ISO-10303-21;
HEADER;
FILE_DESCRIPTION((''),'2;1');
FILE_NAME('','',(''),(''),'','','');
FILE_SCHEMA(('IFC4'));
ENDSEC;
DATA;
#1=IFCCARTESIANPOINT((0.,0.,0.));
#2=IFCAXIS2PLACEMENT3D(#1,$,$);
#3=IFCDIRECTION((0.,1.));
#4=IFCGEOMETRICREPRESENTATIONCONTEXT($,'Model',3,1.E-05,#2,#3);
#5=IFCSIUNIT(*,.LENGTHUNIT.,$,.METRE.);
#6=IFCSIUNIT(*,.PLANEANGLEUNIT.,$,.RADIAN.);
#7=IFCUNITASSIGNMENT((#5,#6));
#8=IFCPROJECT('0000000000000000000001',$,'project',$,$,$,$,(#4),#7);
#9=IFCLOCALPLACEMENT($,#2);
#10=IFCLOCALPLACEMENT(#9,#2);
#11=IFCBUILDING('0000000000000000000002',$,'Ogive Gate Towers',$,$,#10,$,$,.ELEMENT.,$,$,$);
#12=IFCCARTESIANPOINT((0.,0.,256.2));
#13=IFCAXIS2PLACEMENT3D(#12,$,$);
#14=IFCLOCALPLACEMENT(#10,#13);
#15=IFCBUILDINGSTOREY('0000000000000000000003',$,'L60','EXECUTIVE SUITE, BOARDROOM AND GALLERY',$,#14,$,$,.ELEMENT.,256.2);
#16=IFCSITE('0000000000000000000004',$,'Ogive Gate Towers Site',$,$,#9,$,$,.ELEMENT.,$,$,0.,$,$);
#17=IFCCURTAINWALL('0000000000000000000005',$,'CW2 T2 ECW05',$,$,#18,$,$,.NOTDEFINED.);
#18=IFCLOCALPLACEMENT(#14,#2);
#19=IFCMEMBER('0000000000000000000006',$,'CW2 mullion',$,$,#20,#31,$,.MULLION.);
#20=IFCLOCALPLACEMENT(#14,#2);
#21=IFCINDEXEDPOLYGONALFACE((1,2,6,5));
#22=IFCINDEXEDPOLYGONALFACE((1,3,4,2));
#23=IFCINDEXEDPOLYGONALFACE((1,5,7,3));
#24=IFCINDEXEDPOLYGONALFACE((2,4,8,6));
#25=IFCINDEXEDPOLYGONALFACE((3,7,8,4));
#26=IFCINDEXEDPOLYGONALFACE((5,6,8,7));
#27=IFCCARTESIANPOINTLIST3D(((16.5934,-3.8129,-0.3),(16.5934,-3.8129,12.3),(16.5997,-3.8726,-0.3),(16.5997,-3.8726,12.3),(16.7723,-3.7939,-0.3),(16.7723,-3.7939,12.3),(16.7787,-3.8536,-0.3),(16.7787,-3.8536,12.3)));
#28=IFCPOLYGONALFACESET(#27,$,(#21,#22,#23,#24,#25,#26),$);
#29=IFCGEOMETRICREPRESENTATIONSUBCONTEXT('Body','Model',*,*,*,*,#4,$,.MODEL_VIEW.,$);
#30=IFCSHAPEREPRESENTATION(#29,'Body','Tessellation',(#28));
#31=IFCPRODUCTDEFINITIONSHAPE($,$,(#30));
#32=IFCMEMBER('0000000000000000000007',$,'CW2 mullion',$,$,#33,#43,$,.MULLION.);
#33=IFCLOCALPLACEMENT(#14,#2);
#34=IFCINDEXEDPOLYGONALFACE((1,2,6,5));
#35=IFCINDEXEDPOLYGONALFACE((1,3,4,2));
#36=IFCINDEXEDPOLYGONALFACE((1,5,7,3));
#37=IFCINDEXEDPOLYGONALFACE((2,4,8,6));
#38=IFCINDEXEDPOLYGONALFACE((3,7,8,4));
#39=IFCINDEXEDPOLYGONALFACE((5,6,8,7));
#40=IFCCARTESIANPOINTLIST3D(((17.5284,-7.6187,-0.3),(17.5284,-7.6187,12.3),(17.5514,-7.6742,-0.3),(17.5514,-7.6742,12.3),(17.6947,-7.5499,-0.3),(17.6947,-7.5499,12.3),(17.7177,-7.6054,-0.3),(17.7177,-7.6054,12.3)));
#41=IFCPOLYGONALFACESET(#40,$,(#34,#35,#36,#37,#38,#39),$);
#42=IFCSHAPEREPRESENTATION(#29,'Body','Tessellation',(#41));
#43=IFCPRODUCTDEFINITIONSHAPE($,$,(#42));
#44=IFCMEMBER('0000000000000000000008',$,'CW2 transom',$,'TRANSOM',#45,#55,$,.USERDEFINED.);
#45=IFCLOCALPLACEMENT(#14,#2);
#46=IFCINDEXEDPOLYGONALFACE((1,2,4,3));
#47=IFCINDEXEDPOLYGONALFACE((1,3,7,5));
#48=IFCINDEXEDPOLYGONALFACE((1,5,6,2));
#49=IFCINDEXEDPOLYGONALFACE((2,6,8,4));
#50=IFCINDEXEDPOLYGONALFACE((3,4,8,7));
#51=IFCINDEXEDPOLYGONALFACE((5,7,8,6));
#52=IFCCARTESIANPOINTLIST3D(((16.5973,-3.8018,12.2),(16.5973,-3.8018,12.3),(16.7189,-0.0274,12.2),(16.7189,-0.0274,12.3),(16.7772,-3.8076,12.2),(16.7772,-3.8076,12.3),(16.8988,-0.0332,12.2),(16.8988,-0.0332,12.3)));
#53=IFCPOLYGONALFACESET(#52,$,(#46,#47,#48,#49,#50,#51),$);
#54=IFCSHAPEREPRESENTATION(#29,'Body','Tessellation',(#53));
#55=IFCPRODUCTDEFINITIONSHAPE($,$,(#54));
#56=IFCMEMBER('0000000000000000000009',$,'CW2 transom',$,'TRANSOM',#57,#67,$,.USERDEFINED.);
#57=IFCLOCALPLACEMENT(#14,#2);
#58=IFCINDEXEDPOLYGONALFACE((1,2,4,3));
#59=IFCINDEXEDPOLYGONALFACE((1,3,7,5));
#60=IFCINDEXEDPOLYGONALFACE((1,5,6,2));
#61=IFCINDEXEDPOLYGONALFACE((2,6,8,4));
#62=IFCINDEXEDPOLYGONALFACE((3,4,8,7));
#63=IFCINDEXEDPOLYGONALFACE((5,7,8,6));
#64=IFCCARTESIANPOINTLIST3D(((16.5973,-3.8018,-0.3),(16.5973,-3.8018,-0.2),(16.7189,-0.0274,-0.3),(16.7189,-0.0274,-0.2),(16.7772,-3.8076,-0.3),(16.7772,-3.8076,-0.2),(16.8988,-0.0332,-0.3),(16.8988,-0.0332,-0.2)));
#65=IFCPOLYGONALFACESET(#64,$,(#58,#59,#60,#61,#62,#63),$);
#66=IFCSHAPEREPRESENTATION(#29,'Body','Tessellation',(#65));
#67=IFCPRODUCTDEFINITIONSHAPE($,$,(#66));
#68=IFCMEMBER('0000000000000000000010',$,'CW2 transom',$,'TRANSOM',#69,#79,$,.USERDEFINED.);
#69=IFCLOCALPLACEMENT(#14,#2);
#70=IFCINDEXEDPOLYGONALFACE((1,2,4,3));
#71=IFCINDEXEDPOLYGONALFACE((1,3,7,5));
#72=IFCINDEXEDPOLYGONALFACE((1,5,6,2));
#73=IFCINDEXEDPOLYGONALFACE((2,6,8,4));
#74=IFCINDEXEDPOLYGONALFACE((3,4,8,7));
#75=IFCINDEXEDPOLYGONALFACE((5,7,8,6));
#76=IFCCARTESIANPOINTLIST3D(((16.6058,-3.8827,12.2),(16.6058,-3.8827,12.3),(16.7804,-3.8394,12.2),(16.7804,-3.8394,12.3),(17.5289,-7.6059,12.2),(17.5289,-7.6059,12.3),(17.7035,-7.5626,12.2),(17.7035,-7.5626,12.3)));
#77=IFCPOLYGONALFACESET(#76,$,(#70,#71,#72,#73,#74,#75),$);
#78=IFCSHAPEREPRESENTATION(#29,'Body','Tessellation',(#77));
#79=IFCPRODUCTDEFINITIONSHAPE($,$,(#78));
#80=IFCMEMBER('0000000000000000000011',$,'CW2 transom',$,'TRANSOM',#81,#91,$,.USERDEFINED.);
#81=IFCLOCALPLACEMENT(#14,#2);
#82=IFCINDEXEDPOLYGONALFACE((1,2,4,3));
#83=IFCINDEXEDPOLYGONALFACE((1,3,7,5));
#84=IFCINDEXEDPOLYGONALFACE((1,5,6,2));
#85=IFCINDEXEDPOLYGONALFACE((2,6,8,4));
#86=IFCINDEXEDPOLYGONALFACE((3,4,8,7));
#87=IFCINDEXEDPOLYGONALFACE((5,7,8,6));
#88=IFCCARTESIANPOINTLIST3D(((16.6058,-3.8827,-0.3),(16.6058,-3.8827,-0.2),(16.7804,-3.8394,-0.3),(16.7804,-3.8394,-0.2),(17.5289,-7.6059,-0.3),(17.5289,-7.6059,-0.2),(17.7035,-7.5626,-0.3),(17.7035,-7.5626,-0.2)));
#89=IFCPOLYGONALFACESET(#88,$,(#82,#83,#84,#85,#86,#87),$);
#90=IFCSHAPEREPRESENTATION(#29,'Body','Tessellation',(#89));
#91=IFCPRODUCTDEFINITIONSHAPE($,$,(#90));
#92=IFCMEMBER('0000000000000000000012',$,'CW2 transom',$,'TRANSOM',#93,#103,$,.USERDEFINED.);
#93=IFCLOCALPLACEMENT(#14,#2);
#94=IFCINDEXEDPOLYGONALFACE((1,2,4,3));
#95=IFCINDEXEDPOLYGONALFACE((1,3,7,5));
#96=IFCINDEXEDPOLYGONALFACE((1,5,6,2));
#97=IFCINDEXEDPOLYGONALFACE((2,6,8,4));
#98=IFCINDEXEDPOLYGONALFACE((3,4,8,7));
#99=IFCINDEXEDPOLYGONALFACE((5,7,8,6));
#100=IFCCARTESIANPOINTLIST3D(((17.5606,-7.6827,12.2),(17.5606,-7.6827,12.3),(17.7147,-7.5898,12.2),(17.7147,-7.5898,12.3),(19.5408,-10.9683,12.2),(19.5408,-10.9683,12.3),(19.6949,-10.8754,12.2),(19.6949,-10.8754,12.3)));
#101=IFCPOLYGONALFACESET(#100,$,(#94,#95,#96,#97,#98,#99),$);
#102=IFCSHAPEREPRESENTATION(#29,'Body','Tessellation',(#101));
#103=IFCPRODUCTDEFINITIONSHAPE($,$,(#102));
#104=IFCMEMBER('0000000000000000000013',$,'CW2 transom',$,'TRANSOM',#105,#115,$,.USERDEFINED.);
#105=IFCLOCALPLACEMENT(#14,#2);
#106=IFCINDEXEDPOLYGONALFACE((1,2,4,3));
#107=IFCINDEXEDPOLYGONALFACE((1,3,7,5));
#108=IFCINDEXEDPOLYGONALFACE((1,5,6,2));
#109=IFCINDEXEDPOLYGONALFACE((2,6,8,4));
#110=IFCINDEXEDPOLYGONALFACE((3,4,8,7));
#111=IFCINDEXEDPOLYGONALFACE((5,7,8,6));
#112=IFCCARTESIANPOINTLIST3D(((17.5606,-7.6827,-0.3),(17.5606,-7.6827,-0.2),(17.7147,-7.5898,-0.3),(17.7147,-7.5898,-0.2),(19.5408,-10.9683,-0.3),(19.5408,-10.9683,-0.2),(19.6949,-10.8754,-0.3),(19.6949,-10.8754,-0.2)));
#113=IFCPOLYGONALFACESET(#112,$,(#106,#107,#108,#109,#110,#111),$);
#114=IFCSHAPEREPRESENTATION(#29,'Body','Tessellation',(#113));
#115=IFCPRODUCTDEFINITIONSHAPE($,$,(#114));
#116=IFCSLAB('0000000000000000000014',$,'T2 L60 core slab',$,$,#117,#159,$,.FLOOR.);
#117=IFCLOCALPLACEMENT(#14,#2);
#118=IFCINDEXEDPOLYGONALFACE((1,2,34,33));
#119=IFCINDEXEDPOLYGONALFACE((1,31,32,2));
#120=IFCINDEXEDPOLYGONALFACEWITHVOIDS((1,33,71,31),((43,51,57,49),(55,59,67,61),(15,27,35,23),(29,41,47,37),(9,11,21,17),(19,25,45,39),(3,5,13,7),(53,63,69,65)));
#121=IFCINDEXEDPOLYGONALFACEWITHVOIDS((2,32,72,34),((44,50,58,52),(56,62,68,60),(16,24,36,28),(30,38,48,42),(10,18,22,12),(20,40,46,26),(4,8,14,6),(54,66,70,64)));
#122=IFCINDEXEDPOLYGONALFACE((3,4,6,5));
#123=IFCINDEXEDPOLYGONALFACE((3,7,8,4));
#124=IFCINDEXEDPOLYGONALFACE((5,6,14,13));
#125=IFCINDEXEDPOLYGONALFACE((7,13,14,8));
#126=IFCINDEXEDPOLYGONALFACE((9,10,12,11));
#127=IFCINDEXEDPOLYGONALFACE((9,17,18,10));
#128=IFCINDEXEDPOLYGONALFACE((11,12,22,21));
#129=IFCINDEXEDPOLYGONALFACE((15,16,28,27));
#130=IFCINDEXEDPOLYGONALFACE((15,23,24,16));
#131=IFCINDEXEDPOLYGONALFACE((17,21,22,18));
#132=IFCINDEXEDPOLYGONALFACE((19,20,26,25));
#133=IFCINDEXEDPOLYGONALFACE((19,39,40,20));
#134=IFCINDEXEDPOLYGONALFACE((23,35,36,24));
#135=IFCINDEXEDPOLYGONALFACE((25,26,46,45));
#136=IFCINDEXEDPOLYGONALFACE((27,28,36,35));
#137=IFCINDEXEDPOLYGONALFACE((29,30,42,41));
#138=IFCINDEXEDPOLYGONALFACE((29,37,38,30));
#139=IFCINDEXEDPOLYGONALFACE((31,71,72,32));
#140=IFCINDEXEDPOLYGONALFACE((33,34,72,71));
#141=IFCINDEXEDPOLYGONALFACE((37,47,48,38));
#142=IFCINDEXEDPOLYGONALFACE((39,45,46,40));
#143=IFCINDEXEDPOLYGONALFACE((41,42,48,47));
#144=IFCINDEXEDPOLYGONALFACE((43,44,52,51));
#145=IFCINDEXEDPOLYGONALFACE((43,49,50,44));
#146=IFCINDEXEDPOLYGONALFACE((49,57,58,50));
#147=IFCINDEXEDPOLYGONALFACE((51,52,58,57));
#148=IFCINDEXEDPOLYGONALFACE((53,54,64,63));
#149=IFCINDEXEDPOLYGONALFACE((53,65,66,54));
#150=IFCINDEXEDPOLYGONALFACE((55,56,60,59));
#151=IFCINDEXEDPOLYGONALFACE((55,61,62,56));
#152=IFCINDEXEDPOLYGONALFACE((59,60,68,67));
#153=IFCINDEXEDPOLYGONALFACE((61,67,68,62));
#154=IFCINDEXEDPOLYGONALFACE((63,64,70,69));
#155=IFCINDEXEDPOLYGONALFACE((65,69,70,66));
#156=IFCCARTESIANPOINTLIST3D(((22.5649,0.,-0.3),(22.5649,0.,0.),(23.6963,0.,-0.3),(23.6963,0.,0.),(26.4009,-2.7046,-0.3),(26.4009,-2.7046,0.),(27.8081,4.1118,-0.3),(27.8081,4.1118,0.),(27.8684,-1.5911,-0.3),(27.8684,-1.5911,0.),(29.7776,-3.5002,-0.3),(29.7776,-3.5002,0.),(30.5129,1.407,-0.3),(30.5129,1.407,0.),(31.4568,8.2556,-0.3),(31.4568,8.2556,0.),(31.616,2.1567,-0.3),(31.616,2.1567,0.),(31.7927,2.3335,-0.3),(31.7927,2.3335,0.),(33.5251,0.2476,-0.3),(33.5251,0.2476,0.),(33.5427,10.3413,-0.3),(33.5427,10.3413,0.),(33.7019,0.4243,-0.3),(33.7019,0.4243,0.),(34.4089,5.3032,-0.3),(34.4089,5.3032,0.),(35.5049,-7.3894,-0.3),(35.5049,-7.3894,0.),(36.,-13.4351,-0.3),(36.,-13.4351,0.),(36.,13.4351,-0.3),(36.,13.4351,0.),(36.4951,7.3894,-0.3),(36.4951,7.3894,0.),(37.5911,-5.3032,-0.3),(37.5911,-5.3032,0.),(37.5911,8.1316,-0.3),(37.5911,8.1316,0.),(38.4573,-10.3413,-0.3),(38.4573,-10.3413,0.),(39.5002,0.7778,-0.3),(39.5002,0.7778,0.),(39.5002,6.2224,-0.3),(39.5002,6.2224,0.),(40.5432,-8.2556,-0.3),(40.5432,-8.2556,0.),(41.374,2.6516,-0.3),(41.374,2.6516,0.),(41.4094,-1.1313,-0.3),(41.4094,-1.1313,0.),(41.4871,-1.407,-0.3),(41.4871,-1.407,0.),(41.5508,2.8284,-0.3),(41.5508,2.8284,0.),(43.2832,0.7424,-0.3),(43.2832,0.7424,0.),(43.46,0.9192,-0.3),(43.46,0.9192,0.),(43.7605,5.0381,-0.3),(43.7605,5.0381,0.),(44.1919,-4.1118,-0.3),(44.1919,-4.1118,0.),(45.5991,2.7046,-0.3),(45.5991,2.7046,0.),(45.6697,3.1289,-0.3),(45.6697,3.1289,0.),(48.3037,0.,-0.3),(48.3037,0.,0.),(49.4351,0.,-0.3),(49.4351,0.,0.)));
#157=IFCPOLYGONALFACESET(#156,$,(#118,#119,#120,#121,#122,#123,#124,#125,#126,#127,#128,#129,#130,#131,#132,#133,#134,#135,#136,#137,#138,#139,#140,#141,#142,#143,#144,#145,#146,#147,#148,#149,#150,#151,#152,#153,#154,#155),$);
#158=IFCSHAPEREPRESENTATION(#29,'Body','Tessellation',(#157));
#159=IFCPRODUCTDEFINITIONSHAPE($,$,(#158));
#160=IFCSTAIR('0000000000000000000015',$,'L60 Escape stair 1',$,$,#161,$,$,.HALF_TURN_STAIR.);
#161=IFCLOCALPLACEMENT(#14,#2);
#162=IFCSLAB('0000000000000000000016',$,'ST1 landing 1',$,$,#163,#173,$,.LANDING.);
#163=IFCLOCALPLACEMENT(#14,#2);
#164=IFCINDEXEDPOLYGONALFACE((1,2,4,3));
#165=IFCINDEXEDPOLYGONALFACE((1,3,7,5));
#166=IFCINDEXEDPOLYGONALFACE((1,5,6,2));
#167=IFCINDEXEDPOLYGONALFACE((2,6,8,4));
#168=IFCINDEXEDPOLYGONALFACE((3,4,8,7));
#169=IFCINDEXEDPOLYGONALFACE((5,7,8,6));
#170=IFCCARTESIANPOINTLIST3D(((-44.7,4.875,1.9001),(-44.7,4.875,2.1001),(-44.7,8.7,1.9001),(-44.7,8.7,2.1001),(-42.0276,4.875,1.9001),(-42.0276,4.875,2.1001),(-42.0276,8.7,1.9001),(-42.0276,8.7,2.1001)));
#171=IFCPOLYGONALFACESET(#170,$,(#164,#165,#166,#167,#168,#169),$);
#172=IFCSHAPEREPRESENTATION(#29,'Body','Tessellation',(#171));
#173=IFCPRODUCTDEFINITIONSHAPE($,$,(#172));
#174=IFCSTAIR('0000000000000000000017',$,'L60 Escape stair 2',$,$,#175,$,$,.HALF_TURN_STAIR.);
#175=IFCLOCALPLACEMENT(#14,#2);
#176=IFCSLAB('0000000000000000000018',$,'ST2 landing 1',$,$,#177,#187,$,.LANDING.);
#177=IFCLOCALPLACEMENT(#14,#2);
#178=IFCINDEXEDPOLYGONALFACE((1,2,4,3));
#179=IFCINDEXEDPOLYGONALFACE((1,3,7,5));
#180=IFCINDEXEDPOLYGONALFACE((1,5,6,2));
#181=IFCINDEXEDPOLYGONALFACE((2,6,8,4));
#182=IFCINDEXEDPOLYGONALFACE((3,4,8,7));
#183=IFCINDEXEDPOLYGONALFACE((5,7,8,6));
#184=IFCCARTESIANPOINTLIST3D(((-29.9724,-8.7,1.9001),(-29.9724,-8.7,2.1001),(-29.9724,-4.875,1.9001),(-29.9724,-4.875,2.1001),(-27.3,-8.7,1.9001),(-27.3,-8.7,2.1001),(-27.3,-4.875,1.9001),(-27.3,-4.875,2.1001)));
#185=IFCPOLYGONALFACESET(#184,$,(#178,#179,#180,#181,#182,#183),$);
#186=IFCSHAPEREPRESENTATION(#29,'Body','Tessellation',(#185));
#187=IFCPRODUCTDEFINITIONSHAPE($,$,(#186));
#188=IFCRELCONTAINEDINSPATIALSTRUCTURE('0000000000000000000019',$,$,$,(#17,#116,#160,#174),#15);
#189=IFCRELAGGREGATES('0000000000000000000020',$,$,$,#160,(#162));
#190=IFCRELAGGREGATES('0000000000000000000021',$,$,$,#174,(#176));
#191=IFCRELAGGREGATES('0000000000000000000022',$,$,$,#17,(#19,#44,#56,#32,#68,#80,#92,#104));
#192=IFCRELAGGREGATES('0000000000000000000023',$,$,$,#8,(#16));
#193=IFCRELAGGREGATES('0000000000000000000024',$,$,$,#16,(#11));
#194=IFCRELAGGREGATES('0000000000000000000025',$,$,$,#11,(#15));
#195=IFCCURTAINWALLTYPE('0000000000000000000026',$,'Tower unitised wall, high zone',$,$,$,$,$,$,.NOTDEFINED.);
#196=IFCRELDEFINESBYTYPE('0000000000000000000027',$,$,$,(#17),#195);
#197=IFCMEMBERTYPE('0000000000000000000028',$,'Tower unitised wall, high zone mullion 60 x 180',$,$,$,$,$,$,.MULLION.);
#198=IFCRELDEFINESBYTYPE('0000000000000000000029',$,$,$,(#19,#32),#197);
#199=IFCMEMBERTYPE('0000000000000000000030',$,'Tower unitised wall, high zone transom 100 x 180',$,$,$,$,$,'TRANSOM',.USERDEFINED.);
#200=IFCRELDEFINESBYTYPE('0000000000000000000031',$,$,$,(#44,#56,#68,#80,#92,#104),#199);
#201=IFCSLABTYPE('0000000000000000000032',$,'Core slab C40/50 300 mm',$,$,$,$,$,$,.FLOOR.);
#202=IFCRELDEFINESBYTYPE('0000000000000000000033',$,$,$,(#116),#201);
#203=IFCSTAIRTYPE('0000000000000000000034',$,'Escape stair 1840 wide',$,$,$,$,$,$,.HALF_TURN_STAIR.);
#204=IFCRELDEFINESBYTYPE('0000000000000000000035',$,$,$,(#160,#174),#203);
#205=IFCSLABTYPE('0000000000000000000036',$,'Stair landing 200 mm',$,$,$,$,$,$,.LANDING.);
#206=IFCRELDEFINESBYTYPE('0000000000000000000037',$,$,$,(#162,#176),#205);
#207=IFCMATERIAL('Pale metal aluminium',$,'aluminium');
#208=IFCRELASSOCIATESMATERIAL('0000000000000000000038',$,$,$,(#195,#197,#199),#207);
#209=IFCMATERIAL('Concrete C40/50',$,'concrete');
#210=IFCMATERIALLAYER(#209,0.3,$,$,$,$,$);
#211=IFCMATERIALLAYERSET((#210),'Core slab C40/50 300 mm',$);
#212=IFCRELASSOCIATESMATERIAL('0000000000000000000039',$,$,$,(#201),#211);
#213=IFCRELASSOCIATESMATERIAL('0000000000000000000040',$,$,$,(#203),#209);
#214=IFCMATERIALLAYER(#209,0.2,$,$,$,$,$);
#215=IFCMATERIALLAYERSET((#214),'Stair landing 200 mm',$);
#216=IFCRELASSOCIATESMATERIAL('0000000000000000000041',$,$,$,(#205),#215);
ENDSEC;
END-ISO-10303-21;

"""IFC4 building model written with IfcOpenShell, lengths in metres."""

from ifc_helpers import new_model, si_unit, direction, frame, origin, origin_2d, place, context, subcontext, project, spatial, polyline, rectangle, outline, extrude, material, layer, layer_set, material_profile, profile_set, type_object, element, aggregate, save


model = new_model("IFC4")

# Units and contexts
model_context = context("Model", 3, precision=1e-05, world=origin(), true_north=direction((0.0, 1.0)))
body_context = subcontext(model_context, "Body", "Model", "MODEL_VIEW")
ifc_project = project(units=[si_unit("LENGTHUNIT", "METRE"), si_unit("PLANEANGLEUNIT", "RADIAN")], contexts=[model_context])

# Site, building, storey
site_placement = place(None, origin())
site = spatial("IfcSite", under=ifc_project, at=site_placement, Name="Ogive Gate Towers Site", CompositionType="ELEMENT", RefElevation=0.0)
building_placement = place(site_placement, origin())
building = spatial("IfcBuilding", under=site, at=building_placement, Name="Ogive Gate Towers", CompositionType="ELEMENT")
storey_placement = place(building_placement, frame((0.0, 0.0, 256.2)))
storey = spatial("IfcBuildingStorey", under=building, at=storey_placement, Name="L60", Description="EXECUTIVE SUITE, BOARDROOM AND GALLERY", CompositionType="ELEMENT", Elevation=256.2)

# Curtain wall, members
ifc_material_1 = material(Name="Pale metal aluminium", Category="aluminium")
curtain_wall_type = type_object("IfcCurtainWallType", Name="Tower unitised wall, high zone", PredefinedType="NOTDEFINED", material=ifc_material_1)
curtain_wall_placement = place(storey_placement, origin())
curtain_wall = element("IfcCurtainWall", 1, at=curtain_wall_placement, inside=storey, type_object=curtain_wall_type, Name="CW2 T2 ECW05", PredefinedType="NOTDEFINED")
ifc_material_profile_1 = material_profile(ifc_material_1, rectangle(XDim=0.1799, YDim=0.0601, at=origin_2d()), Name="60 x 180 aluminium box")
ifc_profile_set_1 = profile_set([ifc_material_profile_1], Name="Pale metal aluminium")
member_type_1 = type_object("IfcMemberType", Name="Tower unitised wall, high zone mullion 60 x 180", PredefinedType="MULLION", material=ifc_profile_set_1)
member_1_placement = place(storey_placement, frame((16.686, -3.8333, -0.3), z_axis=(0.0, 0.0, 1.0), x_axis=(-0.994451, -0.105205, 0.0)))
member_1 = element("IfcMember", 2, at=member_1_placement, type_object=member_type_1, Name="CW2 mullion", PredefinedType="MULLION", context=body_context, shape_type="SweptSolid", body=[
    extrude(rectangle(XDim=0.1799, YDim=0.0601, at=origin_2d()), origin(), (0.0, 0.0, 1.0), 12.6001),
])
member_2_placement = place(storey_placement, frame((17.623, -7.6121, -0.3), z_axis=(0.0, 0.0, 1.0), x_axis=(-0.92388, -0.382683, 0.0)))
member_2 = element("IfcMember", 3, at=member_2_placement, type_object=member_type_1, Name="CW2 mullion", PredefinedType="MULLION", context=body_context, shape_type="SweptSolid", body=[
    extrude(rectangle(XDim=0.1799, YDim=0.0601, at=origin_2d()), origin(), (0.0, 0.0, 1.0), 12.6001),
])
ifc_material_profile_2 = material_profile(ifc_material_1, rectangle(XDim=0.1799, YDim=0.1001, at=origin_2d()), Name="100 x 180 aluminium box")
ifc_profile_set_2 = profile_set([ifc_material_profile_2], Name="Pale metal aluminium")
member_type_2 = type_object("IfcMemberType", Name="Tower unitised wall, high zone transom 100 x 180", ElementType="TRANSOM", PredefinedType="USERDEFINED", material=ifc_profile_set_2)
member_3_placement = place(storey_placement, frame((16.8088, -0.0303, 12.25), z_axis=(-0.032195, -0.999482, 0.0), x_axis=(0.999482, -0.032195, 0.0)))
member_3 = element("IfcMember", 4, at=member_3_placement, type_object=member_type_2, Name="CW2 transom", ObjectType="TRANSOM", PredefinedType="USERDEFINED", context=body_context, shape_type="SweptSolid", body=[
    extrude(rectangle(XDim=0.1799, YDim=0.1001, at=origin_2d()), origin(), (0.0, 0.0, 1.0), 3.7764),
])
member_4_placement = place(storey_placement, frame((16.8088, -0.0303, -0.25), z_axis=(-0.032195, -0.999482, 0.0), x_axis=(0.999482, -0.032195, 0.0)))
member_4 = element("IfcMember", 5, at=member_4_placement, type_object=member_type_2, Name="CW2 transom", ObjectType="TRANSOM", PredefinedType="USERDEFINED", context=body_context, shape_type="SweptSolid", body=[
    extrude(rectangle(XDim=0.1799, YDim=0.1001, at=origin_2d()), origin(), (0.0, 0.0, 1.0), 3.7764),
])
member_5_placement = place(storey_placement, frame((16.6931, -3.8611, 12.25), z_axis=(0.240648, -0.970612, 0.0), x_axis=(0.970612, 0.240648, 0.0)))
member_5 = element("IfcMember", 6, at=member_5_placement, type_object=member_type_2, Name="CW2 transom", ObjectType="TRANSOM", PredefinedType="USERDEFINED", context=body_context, shape_type="SweptSolid", body=[
    extrude(rectangle(XDim=0.1799, YDim=0.1001, at=origin_2d()), origin(), (0.0, 0.0, 1.0), 3.8359),
])
member_6_placement = place(storey_placement, frame((16.6931, -3.8611, -0.25), z_axis=(0.240648, -0.970612, 0.0), x_axis=(0.970612, 0.240648, 0.0)))
member_6 = element("IfcMember", 7, at=member_6_placement, type_object=member_type_2, Name="CW2 transom", ObjectType="TRANSOM", PredefinedType="USERDEFINED", context=body_context, shape_type="SweptSolid", body=[
    extrude(rectangle(XDim=0.1799, YDim=0.1001, at=origin_2d()), origin(), (0.0, 0.0, 1.0), 3.8359),
])
member_7_placement = place(storey_placement, frame((17.6377, -7.6362, 12.25), z_axis=(0.516189, -0.856475, 0.0), x_axis=(0.856475, 0.516189, 0.0)))
member_7 = element("IfcMember", 8, at=member_7_placement, type_object=member_type_2, Name="CW2 transom", ObjectType="TRANSOM", PredefinedType="USERDEFINED", context=body_context, shape_type="SweptSolid", body=[
    extrude(rectangle(XDim=0.1799, YDim=0.1001, at=origin_2d()), origin(), (0.0, 0.0, 1.0), 3.8362),
])
member_8_placement = place(storey_placement, frame((17.6377, -7.6362, -0.25), z_axis=(0.516189, -0.856475, 0.0), x_axis=(0.856475, 0.516189, 0.0)))
member_8 = element("IfcMember", 9, at=member_8_placement, type_object=member_type_2, Name="CW2 transom", ObjectType="TRANSOM", PredefinedType="USERDEFINED", context=body_context, shape_type="SweptSolid", body=[
    extrude(rectangle(XDim=0.1799, YDim=0.1001, at=origin_2d()), origin(), (0.0, 0.0, 1.0), 3.8362),
])

# Slab
ifc_material_2 = material(Name="Concrete C40/50", Category="concrete")
ifc_layer_1 = layer(ifc_material_2, 0.3)
ifc_layer_set_1 = layer_set([ifc_layer_1], Name="Core slab C40/50 300 mm")
slab_type_1 = type_object("IfcSlabType", Name="Core slab C40/50 300 mm", PredefinedType="FLOOR", material=ifc_layer_set_1)
slab_1_placement = place(storey_placement, frame((0.0, 0.0, -0.3)))
element("IfcSlab", 10, at=slab_1_placement, inside=storey, type_object=slab_type_1, Name="T2 L60 core slab", PredefinedType="FLOOR", context=body_context, shape_type="SweptSolid", body=[
    extrude(outline(polyline([(36.0, -13.4351), (22.5649, 0.0), (36.0, 13.4351), (49.4351, 0.0), (36.0, -13.4351)]), holes=[polyline([(29.7776, -3.5002), (33.5251, 0.2476), (31.616, 2.1567), (27.8684, -1.5911), (29.7776, -3.5002)]), polyline([(31.7927, 2.3335), (33.7019, 0.4243), (39.5002, 6.2224), (37.5911, 8.1316), (31.7927, 2.3335)]), polyline([(41.374, 2.6516), (39.5002, 0.7778), (41.4094, -1.1313), (43.2832, 0.7424), (41.374, 2.6516)]), polyline([(45.6697, 3.1289), (43.7605, 5.0381), (41.5508, 2.8284), (43.46, 0.9192), (45.6697, 3.1289)]), polyline([(34.4089, 5.3032), (36.4951, 7.3894), (33.5427, 10.3413), (31.4568, 8.2556), (34.4089, 5.3032)]), polyline([(35.5049, -7.3894), (38.4573, -10.3413), (40.5432, -8.2556), (37.5911, -5.3032), (35.5049, -7.3894)]), polyline([(26.4009, -2.7046), (30.5129, 1.407), (27.8081, 4.1118), (23.6963, 0.0), (26.4009, -2.7046)]), polyline([(48.3037, 0.0), (45.5991, 2.7046), (41.4871, -1.407), (44.1919, -4.1118), (48.3037, 0.0)])]), origin(), (0.0, 0.0, 1.0), 0.3),
])

# Stairs, slabs
stair_type = type_object("IfcStairType", Name="Escape stair 1840 wide", PredefinedType="HALF_TURN_STAIR", material=ifc_material_2)
stair_1_placement = place(storey_placement, origin())
stair_1 = element("IfcStair", 11, at=stair_1_placement, inside=storey, type_object=stair_type, Name="L60 Escape stair 1", PredefinedType="HALF_TURN_STAIR")
ifc_layer_2 = layer(ifc_material_2, 0.2)
ifc_layer_set_2 = layer_set([ifc_layer_2], Name="Stair landing 200 mm")
slab_type_2 = type_object("IfcSlabType", Name="Stair landing 200 mm", PredefinedType="LANDING", material=ifc_layer_set_2)
slab_2_placement = place(storey_placement, frame((0.0, 0.0, 1.9001)))
slab_2 = element("IfcSlab", 12, at=slab_2_placement, type_object=slab_type_2, Name="ST1 landing 1", PredefinedType="LANDING", context=body_context, shape_type="SweptSolid", body=[
    extrude(outline(polyline([(-42.0276, 8.7), (-44.7, 8.7), (-44.7, 4.875), (-42.0276, 4.875), (-42.0276, 8.7)])), origin(), (0.0, 0.0, 1.0), 0.2),
])
aggregate(stair_1, [slab_2])
stair_2_placement = place(storey_placement, origin())
stair_2 = element("IfcStair", 13, at=stair_2_placement, inside=storey, type_object=stair_type, Name="L60 Escape stair 2", PredefinedType="HALF_TURN_STAIR")
slab_3_placement = place(storey_placement, frame((0.0, 0.0, 1.9001)))
slab_3 = element("IfcSlab", 14, at=slab_3_placement, type_object=slab_type_2, Name="ST2 landing 1", PredefinedType="LANDING", context=body_context, shape_type="SweptSolid", body=[
    extrude(outline(polyline([(-29.9724, -8.7), (-27.3, -8.7), (-27.3, -4.875), (-29.9724, -4.875), (-29.9724, -8.7)])), origin(), (0.0, 0.0, 1.0), 0.2),
])
aggregate(stair_2, [slab_3])

aggregate(curtain_wall, [member_1, member_3, member_4, member_2, member_5, member_6, member_7, member_8])

save(model, "model.ifc")
